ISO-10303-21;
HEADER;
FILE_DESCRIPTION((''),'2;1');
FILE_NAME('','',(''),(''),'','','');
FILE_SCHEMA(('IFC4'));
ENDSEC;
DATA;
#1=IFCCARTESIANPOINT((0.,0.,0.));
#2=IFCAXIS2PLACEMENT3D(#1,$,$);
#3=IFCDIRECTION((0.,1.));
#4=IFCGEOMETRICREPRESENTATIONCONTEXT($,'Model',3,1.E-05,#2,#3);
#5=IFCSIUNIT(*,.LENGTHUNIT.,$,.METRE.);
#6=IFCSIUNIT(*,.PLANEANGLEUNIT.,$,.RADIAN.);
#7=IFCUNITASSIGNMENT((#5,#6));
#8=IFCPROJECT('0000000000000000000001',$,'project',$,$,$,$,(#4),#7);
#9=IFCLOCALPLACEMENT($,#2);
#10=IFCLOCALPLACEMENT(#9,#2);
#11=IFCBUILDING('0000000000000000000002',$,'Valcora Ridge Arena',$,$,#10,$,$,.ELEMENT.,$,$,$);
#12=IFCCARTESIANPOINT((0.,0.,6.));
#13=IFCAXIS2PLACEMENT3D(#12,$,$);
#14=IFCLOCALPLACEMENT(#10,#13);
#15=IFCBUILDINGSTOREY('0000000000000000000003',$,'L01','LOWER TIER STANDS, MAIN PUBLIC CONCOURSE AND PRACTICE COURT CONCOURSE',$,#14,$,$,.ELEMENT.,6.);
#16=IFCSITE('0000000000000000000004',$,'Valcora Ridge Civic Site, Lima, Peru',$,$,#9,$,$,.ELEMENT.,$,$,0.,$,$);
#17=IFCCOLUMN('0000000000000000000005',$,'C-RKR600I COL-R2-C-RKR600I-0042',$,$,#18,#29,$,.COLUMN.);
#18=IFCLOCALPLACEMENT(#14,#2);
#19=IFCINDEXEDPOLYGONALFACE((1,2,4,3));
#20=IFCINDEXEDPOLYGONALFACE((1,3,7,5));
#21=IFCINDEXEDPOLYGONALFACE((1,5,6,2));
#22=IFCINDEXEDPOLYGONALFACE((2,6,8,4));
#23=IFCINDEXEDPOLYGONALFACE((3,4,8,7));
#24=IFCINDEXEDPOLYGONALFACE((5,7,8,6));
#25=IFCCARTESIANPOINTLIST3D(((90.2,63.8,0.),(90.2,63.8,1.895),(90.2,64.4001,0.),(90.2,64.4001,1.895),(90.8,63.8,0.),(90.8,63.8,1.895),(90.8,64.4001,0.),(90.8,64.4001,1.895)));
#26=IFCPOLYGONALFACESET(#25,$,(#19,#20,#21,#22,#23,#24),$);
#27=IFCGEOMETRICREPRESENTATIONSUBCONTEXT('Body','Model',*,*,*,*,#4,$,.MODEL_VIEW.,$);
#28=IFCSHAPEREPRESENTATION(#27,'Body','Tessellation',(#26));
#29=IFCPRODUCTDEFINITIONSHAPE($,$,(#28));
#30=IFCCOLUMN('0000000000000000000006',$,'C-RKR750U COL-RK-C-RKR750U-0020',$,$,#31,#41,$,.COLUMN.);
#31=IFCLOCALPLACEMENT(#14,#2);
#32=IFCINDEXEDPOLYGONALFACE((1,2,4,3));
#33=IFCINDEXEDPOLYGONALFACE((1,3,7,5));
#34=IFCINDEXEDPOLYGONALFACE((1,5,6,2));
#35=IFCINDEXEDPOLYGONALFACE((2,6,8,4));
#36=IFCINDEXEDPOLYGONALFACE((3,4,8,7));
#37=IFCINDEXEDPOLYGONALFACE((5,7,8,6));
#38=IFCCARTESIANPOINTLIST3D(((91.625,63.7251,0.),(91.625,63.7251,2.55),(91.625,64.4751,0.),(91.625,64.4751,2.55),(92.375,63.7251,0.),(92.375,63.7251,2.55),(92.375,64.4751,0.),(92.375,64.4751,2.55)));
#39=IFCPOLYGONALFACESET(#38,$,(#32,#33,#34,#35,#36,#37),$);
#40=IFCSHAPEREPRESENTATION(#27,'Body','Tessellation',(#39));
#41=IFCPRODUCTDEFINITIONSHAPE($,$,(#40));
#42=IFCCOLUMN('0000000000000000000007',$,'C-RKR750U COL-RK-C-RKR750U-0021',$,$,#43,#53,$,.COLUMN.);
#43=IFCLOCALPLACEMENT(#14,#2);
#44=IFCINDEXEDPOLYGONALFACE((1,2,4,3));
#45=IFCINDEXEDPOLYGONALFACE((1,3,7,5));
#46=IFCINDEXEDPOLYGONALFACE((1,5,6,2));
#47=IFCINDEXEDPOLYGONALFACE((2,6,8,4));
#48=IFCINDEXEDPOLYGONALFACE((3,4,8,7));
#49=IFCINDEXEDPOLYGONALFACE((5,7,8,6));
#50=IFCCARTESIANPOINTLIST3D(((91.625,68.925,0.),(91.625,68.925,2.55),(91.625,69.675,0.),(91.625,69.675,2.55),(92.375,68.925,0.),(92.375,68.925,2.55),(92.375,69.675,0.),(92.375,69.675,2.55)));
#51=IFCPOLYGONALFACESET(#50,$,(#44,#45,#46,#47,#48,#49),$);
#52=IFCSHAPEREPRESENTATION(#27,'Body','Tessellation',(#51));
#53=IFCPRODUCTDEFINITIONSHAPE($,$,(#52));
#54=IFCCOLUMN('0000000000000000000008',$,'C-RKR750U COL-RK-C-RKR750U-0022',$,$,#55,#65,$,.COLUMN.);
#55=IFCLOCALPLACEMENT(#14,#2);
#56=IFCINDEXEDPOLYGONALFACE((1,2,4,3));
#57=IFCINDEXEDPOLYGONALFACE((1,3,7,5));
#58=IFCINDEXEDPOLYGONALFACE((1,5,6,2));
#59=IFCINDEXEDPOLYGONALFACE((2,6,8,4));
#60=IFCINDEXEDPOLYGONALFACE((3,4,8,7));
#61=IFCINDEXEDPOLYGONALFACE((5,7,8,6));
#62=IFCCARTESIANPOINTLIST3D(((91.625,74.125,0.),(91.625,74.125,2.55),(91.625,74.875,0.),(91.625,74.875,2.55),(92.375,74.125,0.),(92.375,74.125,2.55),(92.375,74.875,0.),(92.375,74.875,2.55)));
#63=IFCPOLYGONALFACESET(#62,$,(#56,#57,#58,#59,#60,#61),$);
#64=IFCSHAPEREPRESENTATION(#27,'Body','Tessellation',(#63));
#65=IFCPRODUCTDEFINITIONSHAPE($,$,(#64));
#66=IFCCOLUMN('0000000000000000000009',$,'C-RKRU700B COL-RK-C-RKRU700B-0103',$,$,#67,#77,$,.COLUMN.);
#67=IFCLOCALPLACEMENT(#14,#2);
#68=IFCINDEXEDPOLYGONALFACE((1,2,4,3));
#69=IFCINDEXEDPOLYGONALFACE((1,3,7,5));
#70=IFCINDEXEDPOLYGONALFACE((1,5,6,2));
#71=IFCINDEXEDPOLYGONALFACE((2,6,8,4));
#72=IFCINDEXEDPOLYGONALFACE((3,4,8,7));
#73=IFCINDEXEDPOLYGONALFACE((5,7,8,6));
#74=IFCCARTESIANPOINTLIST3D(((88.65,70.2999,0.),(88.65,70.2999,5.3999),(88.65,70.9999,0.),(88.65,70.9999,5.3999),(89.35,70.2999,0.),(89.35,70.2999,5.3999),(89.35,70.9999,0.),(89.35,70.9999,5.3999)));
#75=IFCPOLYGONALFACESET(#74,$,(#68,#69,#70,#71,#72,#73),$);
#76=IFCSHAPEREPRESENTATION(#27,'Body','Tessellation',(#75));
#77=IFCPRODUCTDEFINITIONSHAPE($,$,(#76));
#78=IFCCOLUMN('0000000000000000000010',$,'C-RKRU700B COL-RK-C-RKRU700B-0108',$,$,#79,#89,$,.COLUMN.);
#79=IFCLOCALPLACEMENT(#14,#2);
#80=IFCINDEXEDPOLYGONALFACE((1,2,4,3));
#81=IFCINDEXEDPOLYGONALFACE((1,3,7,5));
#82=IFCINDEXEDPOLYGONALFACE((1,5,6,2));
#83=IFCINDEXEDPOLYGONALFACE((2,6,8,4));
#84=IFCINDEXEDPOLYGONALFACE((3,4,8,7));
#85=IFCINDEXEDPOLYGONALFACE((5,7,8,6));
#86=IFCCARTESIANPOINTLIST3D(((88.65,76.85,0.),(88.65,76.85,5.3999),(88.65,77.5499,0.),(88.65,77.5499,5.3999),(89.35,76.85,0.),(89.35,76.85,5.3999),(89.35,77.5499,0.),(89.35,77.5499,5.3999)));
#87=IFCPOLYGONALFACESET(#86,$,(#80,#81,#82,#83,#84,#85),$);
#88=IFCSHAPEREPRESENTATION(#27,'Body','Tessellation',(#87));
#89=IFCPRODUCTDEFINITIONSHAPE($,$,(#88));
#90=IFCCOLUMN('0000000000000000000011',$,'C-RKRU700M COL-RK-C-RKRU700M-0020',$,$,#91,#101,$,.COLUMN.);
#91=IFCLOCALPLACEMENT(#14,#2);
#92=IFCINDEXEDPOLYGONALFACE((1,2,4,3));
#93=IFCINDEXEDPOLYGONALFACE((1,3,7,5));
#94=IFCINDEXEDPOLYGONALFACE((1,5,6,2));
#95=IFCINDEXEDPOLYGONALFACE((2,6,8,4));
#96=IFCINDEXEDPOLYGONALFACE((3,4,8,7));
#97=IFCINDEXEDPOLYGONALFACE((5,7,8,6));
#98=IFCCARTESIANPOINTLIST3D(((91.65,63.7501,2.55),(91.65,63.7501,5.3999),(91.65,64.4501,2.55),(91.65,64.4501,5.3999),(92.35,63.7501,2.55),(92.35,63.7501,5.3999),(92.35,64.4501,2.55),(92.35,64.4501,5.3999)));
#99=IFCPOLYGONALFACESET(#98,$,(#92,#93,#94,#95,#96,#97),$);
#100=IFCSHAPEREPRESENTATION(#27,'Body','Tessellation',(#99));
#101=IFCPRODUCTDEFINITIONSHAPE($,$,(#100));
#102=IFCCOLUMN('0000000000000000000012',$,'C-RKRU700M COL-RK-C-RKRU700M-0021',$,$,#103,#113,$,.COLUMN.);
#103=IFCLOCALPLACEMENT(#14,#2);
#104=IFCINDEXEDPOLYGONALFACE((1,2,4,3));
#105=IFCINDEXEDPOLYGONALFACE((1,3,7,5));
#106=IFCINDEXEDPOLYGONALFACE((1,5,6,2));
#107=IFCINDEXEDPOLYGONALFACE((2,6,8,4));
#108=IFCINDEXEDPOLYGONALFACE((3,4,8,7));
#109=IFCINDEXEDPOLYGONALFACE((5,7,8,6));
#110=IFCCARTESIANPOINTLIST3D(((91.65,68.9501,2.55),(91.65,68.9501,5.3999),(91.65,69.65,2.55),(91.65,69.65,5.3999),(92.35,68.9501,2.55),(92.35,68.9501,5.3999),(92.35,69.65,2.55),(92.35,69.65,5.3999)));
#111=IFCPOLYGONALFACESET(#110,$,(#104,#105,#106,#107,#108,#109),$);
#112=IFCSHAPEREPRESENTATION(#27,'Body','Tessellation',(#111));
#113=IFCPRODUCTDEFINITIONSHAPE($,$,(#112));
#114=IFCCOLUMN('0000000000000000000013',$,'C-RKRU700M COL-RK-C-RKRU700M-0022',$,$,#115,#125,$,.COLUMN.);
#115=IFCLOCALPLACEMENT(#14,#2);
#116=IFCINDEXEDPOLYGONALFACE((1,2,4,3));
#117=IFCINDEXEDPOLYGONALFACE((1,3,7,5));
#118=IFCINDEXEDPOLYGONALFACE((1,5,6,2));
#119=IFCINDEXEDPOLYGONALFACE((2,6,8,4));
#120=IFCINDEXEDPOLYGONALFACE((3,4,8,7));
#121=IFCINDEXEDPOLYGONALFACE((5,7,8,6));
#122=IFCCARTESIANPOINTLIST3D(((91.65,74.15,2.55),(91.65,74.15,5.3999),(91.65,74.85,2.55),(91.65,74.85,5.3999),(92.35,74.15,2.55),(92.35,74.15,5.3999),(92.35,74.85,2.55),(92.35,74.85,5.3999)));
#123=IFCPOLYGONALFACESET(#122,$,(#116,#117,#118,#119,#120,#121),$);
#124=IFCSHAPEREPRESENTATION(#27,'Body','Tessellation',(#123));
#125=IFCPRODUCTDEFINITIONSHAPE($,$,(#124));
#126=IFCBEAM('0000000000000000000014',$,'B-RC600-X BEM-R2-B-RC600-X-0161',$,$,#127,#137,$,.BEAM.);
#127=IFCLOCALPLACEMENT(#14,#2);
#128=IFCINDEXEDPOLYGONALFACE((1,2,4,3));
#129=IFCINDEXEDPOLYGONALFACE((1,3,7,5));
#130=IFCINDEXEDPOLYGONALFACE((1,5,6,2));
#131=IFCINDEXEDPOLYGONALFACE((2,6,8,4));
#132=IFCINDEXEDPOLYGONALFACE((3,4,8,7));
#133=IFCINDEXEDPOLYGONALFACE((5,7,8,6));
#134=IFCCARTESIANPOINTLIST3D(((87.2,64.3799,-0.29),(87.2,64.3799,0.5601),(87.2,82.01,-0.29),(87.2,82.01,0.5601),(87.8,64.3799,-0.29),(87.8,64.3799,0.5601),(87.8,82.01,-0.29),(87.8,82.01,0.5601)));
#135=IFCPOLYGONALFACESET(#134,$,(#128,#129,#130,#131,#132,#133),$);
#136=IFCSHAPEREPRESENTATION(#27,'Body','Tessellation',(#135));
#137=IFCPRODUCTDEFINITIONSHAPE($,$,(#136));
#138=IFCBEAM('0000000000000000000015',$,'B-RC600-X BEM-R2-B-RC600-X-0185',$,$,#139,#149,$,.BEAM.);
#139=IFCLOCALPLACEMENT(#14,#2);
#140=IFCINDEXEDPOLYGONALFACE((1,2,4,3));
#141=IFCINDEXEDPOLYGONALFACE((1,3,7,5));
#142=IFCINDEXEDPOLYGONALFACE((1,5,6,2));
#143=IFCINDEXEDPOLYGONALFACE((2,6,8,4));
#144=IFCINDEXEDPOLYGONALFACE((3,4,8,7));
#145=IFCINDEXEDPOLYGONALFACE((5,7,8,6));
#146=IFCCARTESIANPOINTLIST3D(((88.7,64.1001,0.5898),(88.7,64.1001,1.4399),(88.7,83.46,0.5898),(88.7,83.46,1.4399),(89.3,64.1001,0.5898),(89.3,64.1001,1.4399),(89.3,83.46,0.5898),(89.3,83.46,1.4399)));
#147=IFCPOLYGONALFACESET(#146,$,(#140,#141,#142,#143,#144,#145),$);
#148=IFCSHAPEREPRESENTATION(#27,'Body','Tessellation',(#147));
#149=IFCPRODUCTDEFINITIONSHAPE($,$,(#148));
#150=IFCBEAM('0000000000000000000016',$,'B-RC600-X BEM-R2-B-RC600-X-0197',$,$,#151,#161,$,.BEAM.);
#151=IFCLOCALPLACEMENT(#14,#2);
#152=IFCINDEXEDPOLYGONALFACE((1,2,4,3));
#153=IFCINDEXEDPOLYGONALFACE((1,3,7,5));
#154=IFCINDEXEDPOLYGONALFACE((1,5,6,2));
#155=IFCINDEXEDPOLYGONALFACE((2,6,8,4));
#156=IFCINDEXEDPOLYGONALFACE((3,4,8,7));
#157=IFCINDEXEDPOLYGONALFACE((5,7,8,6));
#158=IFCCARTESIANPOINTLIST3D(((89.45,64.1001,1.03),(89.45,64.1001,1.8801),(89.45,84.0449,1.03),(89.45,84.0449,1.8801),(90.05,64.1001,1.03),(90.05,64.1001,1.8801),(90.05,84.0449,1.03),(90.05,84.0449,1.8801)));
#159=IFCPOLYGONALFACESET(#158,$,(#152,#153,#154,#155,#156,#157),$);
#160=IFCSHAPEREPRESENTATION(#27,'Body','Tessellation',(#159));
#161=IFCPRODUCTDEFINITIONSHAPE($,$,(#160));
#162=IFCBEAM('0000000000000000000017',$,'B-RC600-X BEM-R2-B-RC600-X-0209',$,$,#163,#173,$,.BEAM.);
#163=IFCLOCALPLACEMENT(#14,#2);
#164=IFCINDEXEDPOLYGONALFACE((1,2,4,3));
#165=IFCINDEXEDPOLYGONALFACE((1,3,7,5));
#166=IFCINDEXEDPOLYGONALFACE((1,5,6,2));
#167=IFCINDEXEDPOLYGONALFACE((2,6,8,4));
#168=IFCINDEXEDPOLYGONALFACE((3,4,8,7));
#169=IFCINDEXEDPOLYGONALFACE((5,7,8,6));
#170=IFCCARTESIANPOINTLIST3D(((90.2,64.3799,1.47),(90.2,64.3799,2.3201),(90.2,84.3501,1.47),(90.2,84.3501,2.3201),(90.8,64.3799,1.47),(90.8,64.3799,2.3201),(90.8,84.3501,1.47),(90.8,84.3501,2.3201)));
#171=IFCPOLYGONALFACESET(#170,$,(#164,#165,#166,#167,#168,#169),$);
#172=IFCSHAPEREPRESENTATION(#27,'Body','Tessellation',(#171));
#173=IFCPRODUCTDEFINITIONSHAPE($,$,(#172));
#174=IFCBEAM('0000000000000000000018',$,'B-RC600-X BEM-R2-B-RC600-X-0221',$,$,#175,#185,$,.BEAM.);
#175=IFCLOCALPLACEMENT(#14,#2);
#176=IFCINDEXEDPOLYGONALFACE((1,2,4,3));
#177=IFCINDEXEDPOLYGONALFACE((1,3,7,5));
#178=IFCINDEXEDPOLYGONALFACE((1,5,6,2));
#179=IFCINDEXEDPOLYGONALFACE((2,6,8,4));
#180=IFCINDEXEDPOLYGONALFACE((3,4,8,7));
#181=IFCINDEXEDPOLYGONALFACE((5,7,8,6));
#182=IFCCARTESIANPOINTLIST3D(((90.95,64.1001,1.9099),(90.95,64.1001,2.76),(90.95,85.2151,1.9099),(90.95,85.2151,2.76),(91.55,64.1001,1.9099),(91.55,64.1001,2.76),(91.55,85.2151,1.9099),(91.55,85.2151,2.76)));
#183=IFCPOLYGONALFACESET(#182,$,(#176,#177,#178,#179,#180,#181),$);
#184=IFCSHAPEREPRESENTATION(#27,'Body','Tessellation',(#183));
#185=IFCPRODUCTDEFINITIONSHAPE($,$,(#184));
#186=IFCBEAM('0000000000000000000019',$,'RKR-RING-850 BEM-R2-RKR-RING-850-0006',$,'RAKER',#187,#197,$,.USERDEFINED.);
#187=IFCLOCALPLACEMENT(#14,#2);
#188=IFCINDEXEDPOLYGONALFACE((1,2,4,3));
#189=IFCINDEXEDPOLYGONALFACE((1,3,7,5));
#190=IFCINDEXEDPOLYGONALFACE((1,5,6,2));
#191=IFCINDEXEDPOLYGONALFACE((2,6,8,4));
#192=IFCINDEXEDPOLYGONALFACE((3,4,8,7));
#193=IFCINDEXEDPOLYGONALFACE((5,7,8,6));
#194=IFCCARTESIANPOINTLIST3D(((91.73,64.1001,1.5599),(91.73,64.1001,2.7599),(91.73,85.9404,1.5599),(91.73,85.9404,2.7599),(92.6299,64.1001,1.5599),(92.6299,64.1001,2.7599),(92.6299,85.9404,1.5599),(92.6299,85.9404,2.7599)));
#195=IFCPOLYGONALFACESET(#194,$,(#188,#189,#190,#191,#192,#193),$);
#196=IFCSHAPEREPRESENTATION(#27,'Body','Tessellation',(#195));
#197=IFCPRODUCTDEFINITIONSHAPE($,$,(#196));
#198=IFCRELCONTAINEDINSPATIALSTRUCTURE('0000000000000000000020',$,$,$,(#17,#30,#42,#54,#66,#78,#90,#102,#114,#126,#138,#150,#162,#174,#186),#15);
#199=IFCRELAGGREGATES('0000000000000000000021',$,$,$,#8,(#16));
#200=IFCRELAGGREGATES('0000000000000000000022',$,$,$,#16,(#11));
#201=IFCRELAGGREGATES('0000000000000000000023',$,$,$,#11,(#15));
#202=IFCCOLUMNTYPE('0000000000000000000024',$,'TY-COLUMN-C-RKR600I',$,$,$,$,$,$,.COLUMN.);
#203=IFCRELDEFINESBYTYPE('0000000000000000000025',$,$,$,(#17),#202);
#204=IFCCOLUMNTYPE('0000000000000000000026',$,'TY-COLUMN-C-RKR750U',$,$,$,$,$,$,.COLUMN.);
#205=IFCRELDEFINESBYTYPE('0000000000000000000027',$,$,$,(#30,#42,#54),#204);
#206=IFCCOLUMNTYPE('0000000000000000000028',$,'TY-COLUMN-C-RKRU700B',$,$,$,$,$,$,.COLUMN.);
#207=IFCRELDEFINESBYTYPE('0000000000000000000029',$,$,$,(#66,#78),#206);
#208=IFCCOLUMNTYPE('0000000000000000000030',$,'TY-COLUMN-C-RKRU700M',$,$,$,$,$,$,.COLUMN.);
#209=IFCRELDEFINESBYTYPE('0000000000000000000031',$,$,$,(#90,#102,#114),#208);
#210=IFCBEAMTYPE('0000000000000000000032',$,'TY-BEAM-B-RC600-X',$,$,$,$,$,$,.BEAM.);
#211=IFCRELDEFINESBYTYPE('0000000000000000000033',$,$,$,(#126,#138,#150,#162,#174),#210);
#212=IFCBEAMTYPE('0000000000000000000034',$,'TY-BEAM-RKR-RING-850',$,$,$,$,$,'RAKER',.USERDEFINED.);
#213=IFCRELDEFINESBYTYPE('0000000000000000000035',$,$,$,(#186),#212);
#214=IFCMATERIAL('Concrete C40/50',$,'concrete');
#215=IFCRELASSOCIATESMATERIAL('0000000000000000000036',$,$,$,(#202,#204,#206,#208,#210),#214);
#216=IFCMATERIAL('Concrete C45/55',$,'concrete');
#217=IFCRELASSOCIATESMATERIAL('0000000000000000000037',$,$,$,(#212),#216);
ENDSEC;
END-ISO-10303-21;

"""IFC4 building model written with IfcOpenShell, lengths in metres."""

from ifc_helpers import new_model, si_unit, direction, frame, origin, origin_2d, place, context, subcontext, project, spatial, rectangle, extrude, material, material_profile, profile_set, type_object, element, save


model = new_model("IFC4")

# Units and contexts
model_context = context("Model", 3, precision=1e-05, world=origin(), true_north=direction((0.0, 1.0)))
body_context = subcontext(model_context, "Body", "Model", "MODEL_VIEW")
ifc_project = project(units=[si_unit("LENGTHUNIT", "METRE"), si_unit("PLANEANGLEUNIT", "RADIAN")], contexts=[model_context])

# Site, building, storey
site_placement = place(None, origin())
site = spatial("IfcSite", under=ifc_project, at=site_placement, Name="Valcora Ridge Civic Site, Lima, Peru", CompositionType="ELEMENT", RefElevation=0.0)
building_placement = place(site_placement, origin())
building = spatial("IfcBuilding", under=site, at=building_placement, Name="Valcora Ridge Arena", CompositionType="ELEMENT")
storey_placement = place(building_placement, frame((0.0, 0.0, 6.0)))
storey = spatial("IfcBuildingStorey", under=building, at=storey_placement, Name="L01", Description="LOWER TIER STANDS, MAIN PUBLIC CONCOURSE AND PRACTICE COURT CONCOURSE", CompositionType="ELEMENT", Elevation=6.0)

# Columns
ifc_material_1 = material(Name="Concrete C40/50", Category="concrete")
ifc_material_profile_1 = material_profile(ifc_material_1, rectangle(XDim=0.6001, YDim=0.6001, at=origin_2d()), Name="RC 600x600")
ifc_profile_set_1 = profile_set([ifc_material_profile_1], Name="Concrete C40/50")
column_type_1 = type_object("IfcColumnType", Name="TY-COLUMN-C-RKR600I", PredefinedType="COLUMN", material=ifc_profile_set_1)
column_placement = place(storey_placement, frame((90.5, 64.1001, 0.0), z_axis=(0.0, 0.0, 1.0), x_axis=(1.0, 0.0, 0.0)))
element("IfcColumn", 1, at=column_placement, inside=storey, type_object=column_type_1, Name="C-RKR600I COL-R2-C-RKR600I-0042", PredefinedType="COLUMN", context=body_context, shape_type="SweptSolid", body=[
    extrude(rectangle(XDim=0.6001, YDim=0.6001, at=origin_2d()), origin(), (0.0, 0.0, 1.0), 1.895),
])
ifc_material_profile_2 = material_profile(ifc_material_1, rectangle(XDim=0.75, YDim=0.75, at=origin_2d()), Name="RC 750x750")
ifc_profile_set_2 = profile_set([ifc_material_profile_2], Name="Concrete C40/50")
column_type_2 = type_object("IfcColumnType", Name="TY-COLUMN-C-RKR750U", PredefinedType="COLUMN", material=ifc_profile_set_2)
for number, where, z_axis, x_axis, name in (
    (2, (92.0, 64.1001, 0.0), (0.0, 0.0, 1.0), (1.0, 0.0, 0.0), "C-RKR750U COL-RK-C-RKR750U-0020"),
    (3, (92.0, 69.3, 0.0), (0.0, 0.0, 1.0), (1.0, 0.0, 0.0), "C-RKR750U COL-RK-C-RKR750U-0021"),
    (4, (92.0, 74.5, 0.0), (0.0, 0.0, 1.0), (1.0, 0.0, 0.0), "C-RKR750U COL-RK-C-RKR750U-0022"),
):
    element("IfcColumn", number, at=place(storey_placement, frame(where, z_axis=z_axis, x_axis=x_axis)), inside=storey, type_object=column_type_2, Name=name, PredefinedType="COLUMN", context=body_context, shape_type="SweptSolid", body=[
        extrude(rectangle(XDim=0.75, YDim=0.75, at=origin_2d()), origin(), (0.0, 0.0, 1.0), 2.55),
    ])
ifc_material_profile_3 = material_profile(ifc_material_1, rectangle(XDim=0.7, YDim=0.7, at=origin_2d()), Name="RC 700x700")
ifc_profile_set_3 = profile_set([ifc_material_profile_3], Name="Concrete C40/50")
column_type_3 = type_object("IfcColumnType", Name="TY-COLUMN-C-RKRU700B", PredefinedType="COLUMN", material=ifc_profile_set_3)
for number, where, z_axis, x_axis, name in (
    (5, (89.0, 70.6499, 0.0), (0.0, 0.0, 1.0), (1.0, 0.0, 0.0), "C-RKRU700B COL-RK-C-RKRU700B-0103"),
    (6, (89.0, 77.2, 0.0), (0.0, 0.0, 1.0), (1.0, 0.0, 0.0), "C-RKRU700B COL-RK-C-RKRU700B-0108"),
):
    element("IfcColumn", number, at=place(storey_placement, frame(where, z_axis=z_axis, x_axis=x_axis)), inside=storey, type_object=column_type_3, Name=name, PredefinedType="COLUMN", context=body_context, shape_type="SweptSolid", body=[
        extrude(rectangle(XDim=0.7, YDim=0.7, at=origin_2d()), origin(), (0.0, 0.0, 1.0), 5.3999),
    ])
ifc_material_profile_4 = material_profile(ifc_material_1, rectangle(XDim=0.7, YDim=0.7, at=origin_2d()), Name="RC 700x700")
ifc_profile_set_4 = profile_set([ifc_material_profile_4], Name="Concrete C40/50")
column_type_4 = type_object("IfcColumnType", Name="TY-COLUMN-C-RKRU700M", PredefinedType="COLUMN", material=ifc_profile_set_4)
for number, where, z_axis, x_axis, name in (
    (7, (92.0, 64.1001, 2.55), (0.0, 0.0, 1.0), (1.0, 0.0, 0.0), "C-RKRU700M COL-RK-C-RKRU700M-0020"),
    (8, (92.0, 69.3, 2.55), (0.0, 0.0, 1.0), (1.0, 0.0, 0.0), "C-RKRU700M COL-RK-C-RKRU700M-0021"),
    (9, (92.0, 74.5, 2.55), (0.0, 0.0, 1.0), (1.0, 0.0, 0.0), "C-RKRU700M COL-RK-C-RKRU700M-0022"),
):
    element("IfcColumn", number, at=place(storey_placement, frame(where, z_axis=z_axis, x_axis=x_axis)), inside=storey, type_object=column_type_4, Name=name, PredefinedType="COLUMN", context=body_context, shape_type="SweptSolid", body=[
        extrude(rectangle(XDim=0.7, YDim=0.7, at=origin_2d()), origin(), (0.0, 0.0, 1.0), 2.8499),
    ])

# Beams
ifc_material_profile_5 = material_profile(ifc_material_1, rectangle(XDim=0.6001, YDim=0.8501, at=origin_2d()), Name="RC 600x850")
ifc_profile_set_5 = profile_set([ifc_material_profile_5], Name="Concrete C40/50")
beam_type_1 = type_object("IfcBeamType", Name="TY-BEAM-B-RC600-X", PredefinedType="BEAM", material=ifc_profile_set_5)
beam_1_placement = place(storey_placement, frame((87.5, 64.3799, 0.135), z_axis=(0.0, 1.0, 0.0), x_axis=(-1.0, 0.0, 0.0)))
element("IfcBeam", 10, at=beam_1_placement, inside=storey, type_object=beam_type_1, Name="B-RC600-X BEM-R2-B-RC600-X-0161", PredefinedType="BEAM", context=body_context, shape_type="SweptSolid", body=[
    extrude(rectangle(XDim=0.6001, YDim=0.8501, at=origin_2d()), origin(), (0.0, 0.0, 1.0), 17.6301),
])
beam_2_placement = place(storey_placement, frame((89.0, 64.1001, 1.0149), z_axis=(0.0, 1.0, 0.0), x_axis=(-1.0, 0.0, 0.0)))
element("IfcBeam", 11, at=beam_2_placement, inside=storey, type_object=beam_type_1, Name="B-RC600-X BEM-R2-B-RC600-X-0185", PredefinedType="BEAM", context=body_context, shape_type="SweptSolid", body=[
    extrude(rectangle(XDim=0.6001, YDim=0.8501, at=origin_2d()), origin(), (0.0, 0.0, 1.0), 19.3599),
])
beam_3_placement = place(storey_placement, frame((89.75, 64.1001, 1.4551), z_axis=(0.0, 1.0, 0.0), x_axis=(-1.0, 0.0, 0.0)))
element("IfcBeam", 12, at=beam_3_placement, inside=storey, type_object=beam_type_1, Name="B-RC600-X BEM-R2-B-RC600-X-0197", PredefinedType="BEAM", context=body_context, shape_type="SweptSolid", body=[
    extrude(rectangle(XDim=0.6001, YDim=0.8501, at=origin_2d()), origin(), (0.0, 0.0, 1.0), 19.9448),
])
beam_4_placement = place(storey_placement, frame((90.5, 64.3799, 1.895), z_axis=(0.0, 1.0, 0.0), x_axis=(-1.0, 0.0, 0.0)))
element("IfcBeam", 13, at=beam_4_placement, inside=storey, type_object=beam_type_1, Name="B-RC600-X BEM-R2-B-RC600-X-0209", PredefinedType="BEAM", context=body_context, shape_type="SweptSolid", body=[
    extrude(rectangle(XDim=0.6001, YDim=0.8501, at=origin_2d()), origin(), (0.0, 0.0, 1.0), 19.9702),
])
beam_5_placement = place(storey_placement, frame((91.25, 64.1001, 2.335), z_axis=(0.0, 1.0, 0.0), x_axis=(-1.0, 0.0, 0.0)))
element("IfcBeam", 14, at=beam_5_placement, inside=storey, type_object=beam_type_1, Name="B-RC600-X BEM-R2-B-RC600-X-0221", PredefinedType="BEAM", context=body_context, shape_type="SweptSolid", body=[
    extrude(rectangle(XDim=0.6001, YDim=0.8501, at=origin_2d()), origin(), (0.0, 0.0, 1.0), 21.115),
])
ifc_material_2 = material(Name="Concrete C45/55", Category="concrete")
ifc_material_profile_6 = material_profile(ifc_material_2, rectangle(XDim=0.8999, YDim=1.2, at=origin_2d()), Name="RC 900x1200")
ifc_profile_set_6 = profile_set([ifc_material_profile_6], Name="Concrete C45/55")
beam_type_2 = type_object("IfcBeamType", Name="TY-BEAM-RKR-RING-850", ElementType="RAKER", PredefinedType="USERDEFINED", material=ifc_profile_set_6)
beam_6_placement = place(storey_placement, frame((92.1799, 64.1001, 2.1599), z_axis=(0.0, 1.0, 0.0), x_axis=(-1.0, 0.0, 0.0)))
element("IfcBeam", 15, at=beam_6_placement, inside=storey, type_object=beam_type_2, Name="RKR-RING-850 BEM-R2-RKR-RING-850-0006", ObjectType="RAKER", PredefinedType="USERDEFINED", context=body_context, shape_type="SweptSolid", body=[
    extrude(rectangle(XDim=0.8999, YDim=1.2, at=origin_2d()), origin(), (0.0, 0.0, 1.0), 21.8403),
])

save(model, "model.ifc")
